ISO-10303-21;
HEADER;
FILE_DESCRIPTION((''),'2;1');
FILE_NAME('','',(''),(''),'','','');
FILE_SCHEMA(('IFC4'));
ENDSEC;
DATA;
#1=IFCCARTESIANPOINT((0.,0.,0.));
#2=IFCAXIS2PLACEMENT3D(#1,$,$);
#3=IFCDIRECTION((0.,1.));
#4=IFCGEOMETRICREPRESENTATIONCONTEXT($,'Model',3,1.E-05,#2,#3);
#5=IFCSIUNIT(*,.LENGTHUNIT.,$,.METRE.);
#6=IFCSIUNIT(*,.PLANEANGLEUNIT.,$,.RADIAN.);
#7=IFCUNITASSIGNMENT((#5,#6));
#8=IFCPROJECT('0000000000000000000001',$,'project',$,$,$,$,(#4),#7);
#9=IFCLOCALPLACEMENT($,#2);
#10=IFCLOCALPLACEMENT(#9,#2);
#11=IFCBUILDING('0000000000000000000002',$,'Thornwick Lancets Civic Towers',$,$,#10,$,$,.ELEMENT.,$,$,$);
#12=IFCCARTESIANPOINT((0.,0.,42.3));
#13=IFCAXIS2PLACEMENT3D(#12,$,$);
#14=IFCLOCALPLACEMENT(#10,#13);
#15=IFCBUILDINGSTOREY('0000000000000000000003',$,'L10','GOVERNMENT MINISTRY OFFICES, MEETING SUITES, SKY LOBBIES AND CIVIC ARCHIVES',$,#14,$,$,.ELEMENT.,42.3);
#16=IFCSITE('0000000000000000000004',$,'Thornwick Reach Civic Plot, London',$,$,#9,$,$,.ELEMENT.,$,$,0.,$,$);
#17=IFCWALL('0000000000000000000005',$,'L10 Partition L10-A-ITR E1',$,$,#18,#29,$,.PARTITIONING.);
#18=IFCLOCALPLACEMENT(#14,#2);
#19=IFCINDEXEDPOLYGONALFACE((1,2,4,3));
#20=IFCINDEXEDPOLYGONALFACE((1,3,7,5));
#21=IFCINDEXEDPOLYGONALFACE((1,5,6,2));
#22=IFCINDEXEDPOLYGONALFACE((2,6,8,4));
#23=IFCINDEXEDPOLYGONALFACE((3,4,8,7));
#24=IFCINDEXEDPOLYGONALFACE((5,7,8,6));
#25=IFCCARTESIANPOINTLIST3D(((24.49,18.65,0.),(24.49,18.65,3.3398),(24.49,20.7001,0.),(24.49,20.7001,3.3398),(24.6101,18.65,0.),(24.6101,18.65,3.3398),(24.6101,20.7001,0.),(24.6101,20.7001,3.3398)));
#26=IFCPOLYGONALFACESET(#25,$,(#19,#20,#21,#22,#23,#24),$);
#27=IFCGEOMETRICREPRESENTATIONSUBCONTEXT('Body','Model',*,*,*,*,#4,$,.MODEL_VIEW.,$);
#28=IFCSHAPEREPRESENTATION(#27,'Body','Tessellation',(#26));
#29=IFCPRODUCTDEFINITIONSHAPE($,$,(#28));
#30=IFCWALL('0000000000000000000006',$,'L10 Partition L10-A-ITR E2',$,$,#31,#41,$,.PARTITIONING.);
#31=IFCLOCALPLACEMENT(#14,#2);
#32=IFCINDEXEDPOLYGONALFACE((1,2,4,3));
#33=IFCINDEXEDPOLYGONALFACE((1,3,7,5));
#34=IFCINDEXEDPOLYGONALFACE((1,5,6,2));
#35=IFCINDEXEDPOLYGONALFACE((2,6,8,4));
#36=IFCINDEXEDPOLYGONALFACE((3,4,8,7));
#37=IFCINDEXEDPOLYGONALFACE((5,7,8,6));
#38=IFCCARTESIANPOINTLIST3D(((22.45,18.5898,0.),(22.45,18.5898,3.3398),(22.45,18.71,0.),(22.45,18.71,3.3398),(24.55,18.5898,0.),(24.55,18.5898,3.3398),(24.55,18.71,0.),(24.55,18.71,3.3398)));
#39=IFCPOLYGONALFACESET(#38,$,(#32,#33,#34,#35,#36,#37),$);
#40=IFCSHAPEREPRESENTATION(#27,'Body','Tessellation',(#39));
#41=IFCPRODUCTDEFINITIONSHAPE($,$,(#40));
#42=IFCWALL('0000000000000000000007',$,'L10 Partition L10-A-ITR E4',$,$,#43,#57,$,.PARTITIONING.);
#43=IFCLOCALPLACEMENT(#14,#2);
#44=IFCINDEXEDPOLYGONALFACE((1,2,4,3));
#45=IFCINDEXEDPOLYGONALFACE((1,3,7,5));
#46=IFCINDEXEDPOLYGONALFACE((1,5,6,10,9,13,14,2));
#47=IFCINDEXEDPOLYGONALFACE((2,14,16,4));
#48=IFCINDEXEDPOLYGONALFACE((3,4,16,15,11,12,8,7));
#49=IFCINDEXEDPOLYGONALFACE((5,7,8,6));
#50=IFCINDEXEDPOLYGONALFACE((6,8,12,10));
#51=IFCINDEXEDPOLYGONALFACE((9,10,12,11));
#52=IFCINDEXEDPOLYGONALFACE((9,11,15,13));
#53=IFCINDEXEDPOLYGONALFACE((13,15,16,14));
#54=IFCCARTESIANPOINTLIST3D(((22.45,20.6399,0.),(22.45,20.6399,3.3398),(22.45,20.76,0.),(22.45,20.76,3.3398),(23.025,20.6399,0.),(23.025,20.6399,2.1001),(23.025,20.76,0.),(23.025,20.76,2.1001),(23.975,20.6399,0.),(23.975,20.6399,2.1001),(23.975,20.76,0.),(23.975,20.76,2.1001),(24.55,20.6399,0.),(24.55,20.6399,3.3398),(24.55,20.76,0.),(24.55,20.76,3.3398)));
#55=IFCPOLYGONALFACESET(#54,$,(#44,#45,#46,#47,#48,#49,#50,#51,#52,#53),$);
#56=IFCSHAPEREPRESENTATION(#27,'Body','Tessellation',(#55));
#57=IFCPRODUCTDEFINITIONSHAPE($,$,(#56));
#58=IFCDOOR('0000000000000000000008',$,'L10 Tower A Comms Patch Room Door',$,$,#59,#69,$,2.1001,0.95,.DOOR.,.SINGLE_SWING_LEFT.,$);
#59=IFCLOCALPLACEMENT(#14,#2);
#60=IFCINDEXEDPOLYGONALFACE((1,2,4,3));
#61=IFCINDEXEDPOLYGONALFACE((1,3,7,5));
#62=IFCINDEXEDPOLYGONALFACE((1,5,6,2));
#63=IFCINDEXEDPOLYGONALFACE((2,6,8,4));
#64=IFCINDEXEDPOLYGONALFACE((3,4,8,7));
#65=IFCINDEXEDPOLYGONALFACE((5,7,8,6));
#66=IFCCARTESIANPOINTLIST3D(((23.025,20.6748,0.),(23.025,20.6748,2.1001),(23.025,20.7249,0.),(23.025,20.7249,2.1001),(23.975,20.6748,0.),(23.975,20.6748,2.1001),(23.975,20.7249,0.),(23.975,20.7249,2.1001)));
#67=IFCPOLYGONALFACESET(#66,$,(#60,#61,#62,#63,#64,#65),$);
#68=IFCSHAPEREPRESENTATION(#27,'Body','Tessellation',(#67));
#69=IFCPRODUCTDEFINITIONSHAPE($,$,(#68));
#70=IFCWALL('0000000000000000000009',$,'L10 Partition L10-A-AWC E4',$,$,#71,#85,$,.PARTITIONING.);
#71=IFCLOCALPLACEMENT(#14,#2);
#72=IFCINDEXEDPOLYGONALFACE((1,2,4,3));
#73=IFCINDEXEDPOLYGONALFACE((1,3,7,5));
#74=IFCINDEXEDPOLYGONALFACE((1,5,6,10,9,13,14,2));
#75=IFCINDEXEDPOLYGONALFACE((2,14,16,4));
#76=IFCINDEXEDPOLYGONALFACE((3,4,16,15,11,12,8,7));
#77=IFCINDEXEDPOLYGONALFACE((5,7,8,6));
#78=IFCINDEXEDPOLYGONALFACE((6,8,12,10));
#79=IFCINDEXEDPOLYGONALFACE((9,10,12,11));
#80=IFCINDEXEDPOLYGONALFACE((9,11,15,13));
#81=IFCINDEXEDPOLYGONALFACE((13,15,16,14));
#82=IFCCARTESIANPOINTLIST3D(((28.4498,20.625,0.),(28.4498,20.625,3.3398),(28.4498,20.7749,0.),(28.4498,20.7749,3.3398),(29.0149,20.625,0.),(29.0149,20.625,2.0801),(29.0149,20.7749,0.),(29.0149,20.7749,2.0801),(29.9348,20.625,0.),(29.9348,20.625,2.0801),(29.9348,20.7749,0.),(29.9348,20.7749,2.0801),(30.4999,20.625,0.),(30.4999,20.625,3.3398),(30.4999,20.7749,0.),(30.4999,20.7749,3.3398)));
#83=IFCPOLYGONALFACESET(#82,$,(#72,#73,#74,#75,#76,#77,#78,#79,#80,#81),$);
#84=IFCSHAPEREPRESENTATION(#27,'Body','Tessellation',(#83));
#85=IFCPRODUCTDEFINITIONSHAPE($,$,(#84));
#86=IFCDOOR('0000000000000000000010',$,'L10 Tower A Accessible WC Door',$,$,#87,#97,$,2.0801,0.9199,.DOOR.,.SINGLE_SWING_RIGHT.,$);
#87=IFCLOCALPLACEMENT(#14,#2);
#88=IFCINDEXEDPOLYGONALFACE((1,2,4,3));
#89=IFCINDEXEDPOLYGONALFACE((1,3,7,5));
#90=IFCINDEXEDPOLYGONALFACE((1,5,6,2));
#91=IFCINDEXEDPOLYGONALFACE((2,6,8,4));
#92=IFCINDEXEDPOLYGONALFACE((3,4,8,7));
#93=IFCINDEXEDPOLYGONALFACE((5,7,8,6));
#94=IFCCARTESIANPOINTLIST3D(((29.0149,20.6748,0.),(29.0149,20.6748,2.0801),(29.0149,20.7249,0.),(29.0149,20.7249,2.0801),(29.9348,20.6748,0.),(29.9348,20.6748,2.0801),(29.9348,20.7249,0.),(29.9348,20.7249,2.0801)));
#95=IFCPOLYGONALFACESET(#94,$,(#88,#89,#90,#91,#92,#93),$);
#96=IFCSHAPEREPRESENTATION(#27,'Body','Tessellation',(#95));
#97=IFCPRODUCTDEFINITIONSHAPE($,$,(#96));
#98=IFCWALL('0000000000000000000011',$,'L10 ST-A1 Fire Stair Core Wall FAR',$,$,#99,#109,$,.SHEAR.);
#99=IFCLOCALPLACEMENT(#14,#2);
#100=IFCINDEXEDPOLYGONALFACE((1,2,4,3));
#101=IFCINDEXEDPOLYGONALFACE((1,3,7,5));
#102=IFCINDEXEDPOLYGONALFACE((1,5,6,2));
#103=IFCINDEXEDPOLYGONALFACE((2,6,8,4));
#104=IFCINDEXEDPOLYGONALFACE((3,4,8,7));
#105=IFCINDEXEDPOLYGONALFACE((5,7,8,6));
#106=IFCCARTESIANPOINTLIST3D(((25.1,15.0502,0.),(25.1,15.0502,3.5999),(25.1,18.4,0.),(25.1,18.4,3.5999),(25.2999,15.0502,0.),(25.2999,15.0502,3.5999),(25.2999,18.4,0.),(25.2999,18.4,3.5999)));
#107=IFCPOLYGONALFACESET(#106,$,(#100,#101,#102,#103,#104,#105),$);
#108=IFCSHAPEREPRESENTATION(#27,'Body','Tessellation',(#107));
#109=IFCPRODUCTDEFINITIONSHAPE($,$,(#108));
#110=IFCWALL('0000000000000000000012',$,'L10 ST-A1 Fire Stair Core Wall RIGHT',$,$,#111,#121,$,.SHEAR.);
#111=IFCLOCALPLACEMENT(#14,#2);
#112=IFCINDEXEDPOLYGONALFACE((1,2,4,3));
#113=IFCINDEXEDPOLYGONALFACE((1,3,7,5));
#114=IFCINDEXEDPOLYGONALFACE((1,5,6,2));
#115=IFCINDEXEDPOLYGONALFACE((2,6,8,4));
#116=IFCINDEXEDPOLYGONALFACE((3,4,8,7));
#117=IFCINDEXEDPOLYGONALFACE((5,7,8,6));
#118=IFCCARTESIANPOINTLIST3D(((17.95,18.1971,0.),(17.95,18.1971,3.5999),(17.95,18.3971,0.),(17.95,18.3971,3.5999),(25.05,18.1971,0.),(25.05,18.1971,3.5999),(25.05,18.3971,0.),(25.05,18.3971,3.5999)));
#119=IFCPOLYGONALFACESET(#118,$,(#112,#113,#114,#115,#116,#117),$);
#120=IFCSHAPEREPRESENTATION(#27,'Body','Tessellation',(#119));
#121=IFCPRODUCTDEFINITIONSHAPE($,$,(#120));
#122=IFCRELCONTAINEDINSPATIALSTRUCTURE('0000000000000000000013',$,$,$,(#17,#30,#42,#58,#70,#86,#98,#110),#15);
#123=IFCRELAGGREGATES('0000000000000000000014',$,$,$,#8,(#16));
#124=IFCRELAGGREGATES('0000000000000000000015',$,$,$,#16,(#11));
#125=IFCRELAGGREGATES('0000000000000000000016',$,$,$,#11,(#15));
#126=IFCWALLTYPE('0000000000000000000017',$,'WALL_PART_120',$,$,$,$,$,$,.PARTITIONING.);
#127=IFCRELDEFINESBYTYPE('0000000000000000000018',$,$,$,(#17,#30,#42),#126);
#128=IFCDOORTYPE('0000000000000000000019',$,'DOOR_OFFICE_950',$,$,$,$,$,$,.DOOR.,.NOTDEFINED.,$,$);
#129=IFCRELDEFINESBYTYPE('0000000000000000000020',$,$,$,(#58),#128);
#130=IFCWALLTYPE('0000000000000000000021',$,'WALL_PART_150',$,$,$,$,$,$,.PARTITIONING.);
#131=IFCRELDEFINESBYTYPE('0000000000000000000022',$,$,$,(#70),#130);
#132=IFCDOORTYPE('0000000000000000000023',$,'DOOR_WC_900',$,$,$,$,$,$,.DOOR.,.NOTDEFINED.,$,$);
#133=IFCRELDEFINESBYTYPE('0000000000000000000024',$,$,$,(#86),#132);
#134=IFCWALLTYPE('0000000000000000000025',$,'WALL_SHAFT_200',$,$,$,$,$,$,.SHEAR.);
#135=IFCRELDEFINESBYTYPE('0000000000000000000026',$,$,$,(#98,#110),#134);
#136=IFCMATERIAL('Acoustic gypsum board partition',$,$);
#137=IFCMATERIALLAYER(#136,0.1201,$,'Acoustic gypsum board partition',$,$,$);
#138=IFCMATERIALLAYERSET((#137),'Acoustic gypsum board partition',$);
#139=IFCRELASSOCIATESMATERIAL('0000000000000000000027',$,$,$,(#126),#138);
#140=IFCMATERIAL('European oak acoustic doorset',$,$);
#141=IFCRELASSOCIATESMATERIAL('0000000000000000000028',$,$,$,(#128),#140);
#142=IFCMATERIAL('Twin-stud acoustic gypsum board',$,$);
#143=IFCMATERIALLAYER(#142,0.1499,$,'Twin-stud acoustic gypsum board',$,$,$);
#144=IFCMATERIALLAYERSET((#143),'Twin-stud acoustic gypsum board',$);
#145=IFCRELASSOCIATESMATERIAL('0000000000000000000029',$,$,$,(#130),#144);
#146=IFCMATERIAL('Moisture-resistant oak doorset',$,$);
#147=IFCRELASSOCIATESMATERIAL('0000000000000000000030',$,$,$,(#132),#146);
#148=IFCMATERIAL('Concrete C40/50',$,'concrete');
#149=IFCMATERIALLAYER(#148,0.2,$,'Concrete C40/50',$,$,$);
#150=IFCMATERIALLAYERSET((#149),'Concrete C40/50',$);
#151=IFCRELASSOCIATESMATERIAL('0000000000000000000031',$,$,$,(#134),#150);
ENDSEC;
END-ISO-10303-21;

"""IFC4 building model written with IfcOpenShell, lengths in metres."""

from ifc_helpers import new_model, si_unit, direction, frame, frame_2d, origin, place, context, subcontext, project, spatial, rectangle, extrude, material, layer, layer_set, type_object, element, fill, save


model = new_model("IFC4")

# Units and contexts
model_context = context("Model", 3, precision=1e-05, world=origin(), true_north=direction((0.0, 1.0)))
body_context = subcontext(model_context, "Body", "Model", "MODEL_VIEW")
ifc_project = project(units=[si_unit("LENGTHUNIT", "METRE"), si_unit("PLANEANGLEUNIT", "RADIAN")], contexts=[model_context])

# Site, building, storey
site_placement = place(None, origin())
site = spatial("IfcSite", under=ifc_project, at=site_placement, Name="Thornwick Reach Civic Plot, London", CompositionType="ELEMENT", RefElevation=0.0)
building_placement = place(site_placement, origin())
building = spatial("IfcBuilding", under=site, at=building_placement, Name="Thornwick Lancets Civic Towers", CompositionType="ELEMENT")
storey_placement = place(building_placement, frame((0.0, 0.0, 42.3)))
storey = spatial("IfcBuildingStorey", under=building, at=storey_placement, Name="L10", Description="GOVERNMENT MINISTRY OFFICES, MEETING SUITES, SKY LOBBIES AND CIVIC ARCHIVES", CompositionType="ELEMENT", Elevation=42.3)

# Walls
ifc_material_1 = material(Name="Acoustic gypsum board partition")
ifc_layer_1 = layer(ifc_material_1, 0.1201, Name="Acoustic gypsum board partition")
ifc_layer_set_1 = layer_set([ifc_layer_1], Name="Acoustic gypsum board partition")
wall_type_1 = type_object("IfcWallType", Name="WALL_PART_120", PredefinedType="PARTITIONING", material=ifc_layer_set_1)
wall_1_placement = place(storey_placement, frame((24.55, 20.7, 0.0), z_axis=(0.0, 0.0, 1.0), x_axis=(0.0, -1.0, 0.0)))
element("IfcWall", 1, at=wall_1_placement, inside=storey, type_object=wall_type_1, Name="L10 Partition L10-A-ITR E1", PredefinedType="PARTITIONING", context=body_context, shape_type="SweptSolid", body=[
    extrude(rectangle(XDim=2.05, YDim=0.1201, at=frame_2d((1.0249, 0.0))), origin(), (0.0, 0.0, 1.0), 3.3398),
])
wall_2_placement = place(storey_placement, frame((24.55, 18.6499, 0.0), z_axis=(0.0, 0.0, 1.0), x_axis=(-1.0, 0.0, 0.0)))
element("IfcWall", 2, at=wall_2_placement, inside=storey, type_object=wall_type_1, Name="L10 Partition L10-A-ITR E2", PredefinedType="PARTITIONING", context=body_context, shape_type="SweptSolid", body=[
    extrude(rectangle(XDim=2.1001, YDim=0.1201, at=frame_2d((1.05, 0.0))), origin(), (0.0, 0.0, 1.0), 3.3398),
])

# Walls, openings, doors
wall_3_placement = place(storey_placement, frame((22.45, 20.7, 0.0), z_axis=(0.0, 0.0, 1.0), x_axis=(1.0, 0.0, 0.0)))
wall_3 = element("IfcWall", 3, at=wall_3_placement, inside=storey, type_object=wall_type_1, Name="L10 Partition L10-A-ITR E4", PredefinedType="PARTITIONING", context=body_context, shape_type="SweptSolid", body=[
    extrude(rectangle(XDim=2.1001, YDim=0.1201, at=frame_2d((1.05, 0.0))), origin(), (0.0, 0.0, 1.0), 3.3398),
])
opening_1_placement = place(wall_3_placement, frame((0.575, 0.0, 0.0)))
opening_1 = element("IfcOpeningElement", 4, at=opening_1_placement, cuts=wall_3, PredefinedType="OPENING", context=body_context, shape_type="SweptSolid", body=[
    extrude(rectangle(XDim=0.95, YDim=2.1001, at=frame_2d((0.4751, 1.05))), frame((0.0, 0.0701, 0.0), z_axis=(0.0, -1.0, 0.0), x_axis=(1.0, 0.0, 0.0)), (0.0, 0.0, 1.0), 0.1401),
])
ifc_material_2 = material(Name="European oak acoustic doorset")
door_type_1 = type_object("IfcDoorType", Name="DOOR_OFFICE_950", OperationType="NOTDEFINED", PredefinedType="DOOR", material=ifc_material_2)
door_1_placement = place(opening_1_placement, origin())
door_1 = element("IfcDoor", 5, at=door_1_placement, inside=storey, type_object=door_type_1, Name="L10 Tower A Comms Patch Room Door", OperationType="SINGLE_SWING_LEFT", OverallHeight=2.1001, OverallWidth=0.95, PredefinedType="DOOR", context=body_context, shape_type="SweptSolid", body=[
    extrude(rectangle(XDim=0.95, YDim=2.1001, at=frame_2d((0.4751, 1.05))), frame((0.0, 0.0249, 0.0), z_axis=(0.0, -1.0, 0.0), x_axis=(1.0, 0.0, 0.0)), (0.0, 0.0, 1.0), 0.05),
])
fill(opening_1, door_1)
ifc_material_3 = material(Name="Twin-stud acoustic gypsum board")
ifc_layer_2 = layer(ifc_material_3, 0.1499, Name="Twin-stud acoustic gypsum board")
ifc_layer_set_2 = layer_set([ifc_layer_2], Name="Twin-stud acoustic gypsum board")
wall_type_2 = type_object("IfcWallType", Name="WALL_PART_150", PredefinedType="PARTITIONING", material=ifc_layer_set_2)
wall_4_placement = place(storey_placement, frame((28.45, 20.7, 0.0), z_axis=(0.0, 0.0, 1.0), x_axis=(1.0, 0.0, 0.0)))
wall_4 = element("IfcWall", 6, at=wall_4_placement, inside=storey, type_object=wall_type_2, Name="L10 Partition L10-A-AWC E4", PredefinedType="PARTITIONING", context=body_context, shape_type="SweptSolid", body=[
    extrude(rectangle(XDim=2.05, YDim=0.1499, at=frame_2d((1.0249, 0.0))), origin(), (0.0, 0.0, 1.0), 3.3398),
])
opening_2_placement = place(wall_4_placement, frame((0.5649, 0.0, 0.0)))
opening_2 = element("IfcOpeningElement", 7, at=opening_2_placement, cuts=wall_4, PredefinedType="OPENING", context=body_context, shape_type="SweptSolid", body=[
    extrude(rectangle(XDim=0.9199, YDim=2.0801, at=frame_2d((0.46, 1.04))), frame((0.0, 0.085, 0.0), z_axis=(0.0, -1.0, 0.0), x_axis=(1.0, 0.0, 0.0)), (0.0, 0.0, 1.0), 0.1699),
])
ifc_material_4 = material(Name="Moisture-resistant oak doorset")
door_type_2 = type_object("IfcDoorType", Name="DOOR_WC_900", OperationType="NOTDEFINED", PredefinedType="DOOR", material=ifc_material_4)
door_2_placement = place(opening_2_placement, origin())
door_2 = element("IfcDoor", 8, at=door_2_placement, inside=storey, type_object=door_type_2, Name="L10 Tower A Accessible WC Door", OperationType="SINGLE_SWING_RIGHT", OverallHeight=2.0801, OverallWidth=0.9199, PredefinedType="DOOR", context=body_context, shape_type="SweptSolid", body=[
    extrude(rectangle(XDim=0.9199, YDim=2.0801, at=frame_2d((0.46, 1.04))), frame((0.0, 0.0249, 0.0), z_axis=(0.0, -1.0, 0.0), x_axis=(1.0, 0.0, 0.0)), (0.0, 0.0, 1.0), 0.05),
])
fill(opening_2, door_2)

# Walls
ifc_material_5 = material(Name="Concrete C40/50", Category="concrete")
ifc_layer_3 = layer(ifc_material_5, 0.2, Name="Concrete C40/50")
ifc_layer_set_3 = layer_set([ifc_layer_3], Name="Concrete C40/50")
wall_type_3 = type_object("IfcWallType", Name="WALL_SHAFT_200", PredefinedType="SHEAR", material=ifc_layer_set_3)
wall_5_placement = place(storey_placement, frame((25.2, 18.3999, 0.0), z_axis=(0.0, 0.0, 1.0), x_axis=(0.0, -1.0, 0.0)))
element("IfcWall", 9, at=wall_5_placement, inside=storey, type_object=wall_type_3, Name="L10 ST-A1 Fire Stair Core Wall FAR", PredefinedType="SHEAR", context=body_context, shape_type="SweptSolid", body=[
    extrude(rectangle(XDim=3.3499, YDim=0.2, at=frame_2d((1.6748, 0.0))), origin(), (0.0, 0.0, 1.0), 3.5999),
])
wall_6_placement = place(storey_placement, frame((25.05, 18.2971, 0.0), z_axis=(0.0, 0.0, 1.0), x_axis=(-1.0, 0.0, 0.0)))
element("IfcWall", 10, at=wall_6_placement, inside=storey, type_object=wall_type_3, Name="L10 ST-A1 Fire Stair Core Wall RIGHT", PredefinedType="SHEAR", context=body_context, shape_type="SweptSolid", body=[
    extrude(rectangle(XDim=7.1001, YDim=0.2, at=frame_2d((3.55, 0.0))), origin(), (0.0, 0.0, 1.0), 3.5999),
])

save(model, "model.ifc")
